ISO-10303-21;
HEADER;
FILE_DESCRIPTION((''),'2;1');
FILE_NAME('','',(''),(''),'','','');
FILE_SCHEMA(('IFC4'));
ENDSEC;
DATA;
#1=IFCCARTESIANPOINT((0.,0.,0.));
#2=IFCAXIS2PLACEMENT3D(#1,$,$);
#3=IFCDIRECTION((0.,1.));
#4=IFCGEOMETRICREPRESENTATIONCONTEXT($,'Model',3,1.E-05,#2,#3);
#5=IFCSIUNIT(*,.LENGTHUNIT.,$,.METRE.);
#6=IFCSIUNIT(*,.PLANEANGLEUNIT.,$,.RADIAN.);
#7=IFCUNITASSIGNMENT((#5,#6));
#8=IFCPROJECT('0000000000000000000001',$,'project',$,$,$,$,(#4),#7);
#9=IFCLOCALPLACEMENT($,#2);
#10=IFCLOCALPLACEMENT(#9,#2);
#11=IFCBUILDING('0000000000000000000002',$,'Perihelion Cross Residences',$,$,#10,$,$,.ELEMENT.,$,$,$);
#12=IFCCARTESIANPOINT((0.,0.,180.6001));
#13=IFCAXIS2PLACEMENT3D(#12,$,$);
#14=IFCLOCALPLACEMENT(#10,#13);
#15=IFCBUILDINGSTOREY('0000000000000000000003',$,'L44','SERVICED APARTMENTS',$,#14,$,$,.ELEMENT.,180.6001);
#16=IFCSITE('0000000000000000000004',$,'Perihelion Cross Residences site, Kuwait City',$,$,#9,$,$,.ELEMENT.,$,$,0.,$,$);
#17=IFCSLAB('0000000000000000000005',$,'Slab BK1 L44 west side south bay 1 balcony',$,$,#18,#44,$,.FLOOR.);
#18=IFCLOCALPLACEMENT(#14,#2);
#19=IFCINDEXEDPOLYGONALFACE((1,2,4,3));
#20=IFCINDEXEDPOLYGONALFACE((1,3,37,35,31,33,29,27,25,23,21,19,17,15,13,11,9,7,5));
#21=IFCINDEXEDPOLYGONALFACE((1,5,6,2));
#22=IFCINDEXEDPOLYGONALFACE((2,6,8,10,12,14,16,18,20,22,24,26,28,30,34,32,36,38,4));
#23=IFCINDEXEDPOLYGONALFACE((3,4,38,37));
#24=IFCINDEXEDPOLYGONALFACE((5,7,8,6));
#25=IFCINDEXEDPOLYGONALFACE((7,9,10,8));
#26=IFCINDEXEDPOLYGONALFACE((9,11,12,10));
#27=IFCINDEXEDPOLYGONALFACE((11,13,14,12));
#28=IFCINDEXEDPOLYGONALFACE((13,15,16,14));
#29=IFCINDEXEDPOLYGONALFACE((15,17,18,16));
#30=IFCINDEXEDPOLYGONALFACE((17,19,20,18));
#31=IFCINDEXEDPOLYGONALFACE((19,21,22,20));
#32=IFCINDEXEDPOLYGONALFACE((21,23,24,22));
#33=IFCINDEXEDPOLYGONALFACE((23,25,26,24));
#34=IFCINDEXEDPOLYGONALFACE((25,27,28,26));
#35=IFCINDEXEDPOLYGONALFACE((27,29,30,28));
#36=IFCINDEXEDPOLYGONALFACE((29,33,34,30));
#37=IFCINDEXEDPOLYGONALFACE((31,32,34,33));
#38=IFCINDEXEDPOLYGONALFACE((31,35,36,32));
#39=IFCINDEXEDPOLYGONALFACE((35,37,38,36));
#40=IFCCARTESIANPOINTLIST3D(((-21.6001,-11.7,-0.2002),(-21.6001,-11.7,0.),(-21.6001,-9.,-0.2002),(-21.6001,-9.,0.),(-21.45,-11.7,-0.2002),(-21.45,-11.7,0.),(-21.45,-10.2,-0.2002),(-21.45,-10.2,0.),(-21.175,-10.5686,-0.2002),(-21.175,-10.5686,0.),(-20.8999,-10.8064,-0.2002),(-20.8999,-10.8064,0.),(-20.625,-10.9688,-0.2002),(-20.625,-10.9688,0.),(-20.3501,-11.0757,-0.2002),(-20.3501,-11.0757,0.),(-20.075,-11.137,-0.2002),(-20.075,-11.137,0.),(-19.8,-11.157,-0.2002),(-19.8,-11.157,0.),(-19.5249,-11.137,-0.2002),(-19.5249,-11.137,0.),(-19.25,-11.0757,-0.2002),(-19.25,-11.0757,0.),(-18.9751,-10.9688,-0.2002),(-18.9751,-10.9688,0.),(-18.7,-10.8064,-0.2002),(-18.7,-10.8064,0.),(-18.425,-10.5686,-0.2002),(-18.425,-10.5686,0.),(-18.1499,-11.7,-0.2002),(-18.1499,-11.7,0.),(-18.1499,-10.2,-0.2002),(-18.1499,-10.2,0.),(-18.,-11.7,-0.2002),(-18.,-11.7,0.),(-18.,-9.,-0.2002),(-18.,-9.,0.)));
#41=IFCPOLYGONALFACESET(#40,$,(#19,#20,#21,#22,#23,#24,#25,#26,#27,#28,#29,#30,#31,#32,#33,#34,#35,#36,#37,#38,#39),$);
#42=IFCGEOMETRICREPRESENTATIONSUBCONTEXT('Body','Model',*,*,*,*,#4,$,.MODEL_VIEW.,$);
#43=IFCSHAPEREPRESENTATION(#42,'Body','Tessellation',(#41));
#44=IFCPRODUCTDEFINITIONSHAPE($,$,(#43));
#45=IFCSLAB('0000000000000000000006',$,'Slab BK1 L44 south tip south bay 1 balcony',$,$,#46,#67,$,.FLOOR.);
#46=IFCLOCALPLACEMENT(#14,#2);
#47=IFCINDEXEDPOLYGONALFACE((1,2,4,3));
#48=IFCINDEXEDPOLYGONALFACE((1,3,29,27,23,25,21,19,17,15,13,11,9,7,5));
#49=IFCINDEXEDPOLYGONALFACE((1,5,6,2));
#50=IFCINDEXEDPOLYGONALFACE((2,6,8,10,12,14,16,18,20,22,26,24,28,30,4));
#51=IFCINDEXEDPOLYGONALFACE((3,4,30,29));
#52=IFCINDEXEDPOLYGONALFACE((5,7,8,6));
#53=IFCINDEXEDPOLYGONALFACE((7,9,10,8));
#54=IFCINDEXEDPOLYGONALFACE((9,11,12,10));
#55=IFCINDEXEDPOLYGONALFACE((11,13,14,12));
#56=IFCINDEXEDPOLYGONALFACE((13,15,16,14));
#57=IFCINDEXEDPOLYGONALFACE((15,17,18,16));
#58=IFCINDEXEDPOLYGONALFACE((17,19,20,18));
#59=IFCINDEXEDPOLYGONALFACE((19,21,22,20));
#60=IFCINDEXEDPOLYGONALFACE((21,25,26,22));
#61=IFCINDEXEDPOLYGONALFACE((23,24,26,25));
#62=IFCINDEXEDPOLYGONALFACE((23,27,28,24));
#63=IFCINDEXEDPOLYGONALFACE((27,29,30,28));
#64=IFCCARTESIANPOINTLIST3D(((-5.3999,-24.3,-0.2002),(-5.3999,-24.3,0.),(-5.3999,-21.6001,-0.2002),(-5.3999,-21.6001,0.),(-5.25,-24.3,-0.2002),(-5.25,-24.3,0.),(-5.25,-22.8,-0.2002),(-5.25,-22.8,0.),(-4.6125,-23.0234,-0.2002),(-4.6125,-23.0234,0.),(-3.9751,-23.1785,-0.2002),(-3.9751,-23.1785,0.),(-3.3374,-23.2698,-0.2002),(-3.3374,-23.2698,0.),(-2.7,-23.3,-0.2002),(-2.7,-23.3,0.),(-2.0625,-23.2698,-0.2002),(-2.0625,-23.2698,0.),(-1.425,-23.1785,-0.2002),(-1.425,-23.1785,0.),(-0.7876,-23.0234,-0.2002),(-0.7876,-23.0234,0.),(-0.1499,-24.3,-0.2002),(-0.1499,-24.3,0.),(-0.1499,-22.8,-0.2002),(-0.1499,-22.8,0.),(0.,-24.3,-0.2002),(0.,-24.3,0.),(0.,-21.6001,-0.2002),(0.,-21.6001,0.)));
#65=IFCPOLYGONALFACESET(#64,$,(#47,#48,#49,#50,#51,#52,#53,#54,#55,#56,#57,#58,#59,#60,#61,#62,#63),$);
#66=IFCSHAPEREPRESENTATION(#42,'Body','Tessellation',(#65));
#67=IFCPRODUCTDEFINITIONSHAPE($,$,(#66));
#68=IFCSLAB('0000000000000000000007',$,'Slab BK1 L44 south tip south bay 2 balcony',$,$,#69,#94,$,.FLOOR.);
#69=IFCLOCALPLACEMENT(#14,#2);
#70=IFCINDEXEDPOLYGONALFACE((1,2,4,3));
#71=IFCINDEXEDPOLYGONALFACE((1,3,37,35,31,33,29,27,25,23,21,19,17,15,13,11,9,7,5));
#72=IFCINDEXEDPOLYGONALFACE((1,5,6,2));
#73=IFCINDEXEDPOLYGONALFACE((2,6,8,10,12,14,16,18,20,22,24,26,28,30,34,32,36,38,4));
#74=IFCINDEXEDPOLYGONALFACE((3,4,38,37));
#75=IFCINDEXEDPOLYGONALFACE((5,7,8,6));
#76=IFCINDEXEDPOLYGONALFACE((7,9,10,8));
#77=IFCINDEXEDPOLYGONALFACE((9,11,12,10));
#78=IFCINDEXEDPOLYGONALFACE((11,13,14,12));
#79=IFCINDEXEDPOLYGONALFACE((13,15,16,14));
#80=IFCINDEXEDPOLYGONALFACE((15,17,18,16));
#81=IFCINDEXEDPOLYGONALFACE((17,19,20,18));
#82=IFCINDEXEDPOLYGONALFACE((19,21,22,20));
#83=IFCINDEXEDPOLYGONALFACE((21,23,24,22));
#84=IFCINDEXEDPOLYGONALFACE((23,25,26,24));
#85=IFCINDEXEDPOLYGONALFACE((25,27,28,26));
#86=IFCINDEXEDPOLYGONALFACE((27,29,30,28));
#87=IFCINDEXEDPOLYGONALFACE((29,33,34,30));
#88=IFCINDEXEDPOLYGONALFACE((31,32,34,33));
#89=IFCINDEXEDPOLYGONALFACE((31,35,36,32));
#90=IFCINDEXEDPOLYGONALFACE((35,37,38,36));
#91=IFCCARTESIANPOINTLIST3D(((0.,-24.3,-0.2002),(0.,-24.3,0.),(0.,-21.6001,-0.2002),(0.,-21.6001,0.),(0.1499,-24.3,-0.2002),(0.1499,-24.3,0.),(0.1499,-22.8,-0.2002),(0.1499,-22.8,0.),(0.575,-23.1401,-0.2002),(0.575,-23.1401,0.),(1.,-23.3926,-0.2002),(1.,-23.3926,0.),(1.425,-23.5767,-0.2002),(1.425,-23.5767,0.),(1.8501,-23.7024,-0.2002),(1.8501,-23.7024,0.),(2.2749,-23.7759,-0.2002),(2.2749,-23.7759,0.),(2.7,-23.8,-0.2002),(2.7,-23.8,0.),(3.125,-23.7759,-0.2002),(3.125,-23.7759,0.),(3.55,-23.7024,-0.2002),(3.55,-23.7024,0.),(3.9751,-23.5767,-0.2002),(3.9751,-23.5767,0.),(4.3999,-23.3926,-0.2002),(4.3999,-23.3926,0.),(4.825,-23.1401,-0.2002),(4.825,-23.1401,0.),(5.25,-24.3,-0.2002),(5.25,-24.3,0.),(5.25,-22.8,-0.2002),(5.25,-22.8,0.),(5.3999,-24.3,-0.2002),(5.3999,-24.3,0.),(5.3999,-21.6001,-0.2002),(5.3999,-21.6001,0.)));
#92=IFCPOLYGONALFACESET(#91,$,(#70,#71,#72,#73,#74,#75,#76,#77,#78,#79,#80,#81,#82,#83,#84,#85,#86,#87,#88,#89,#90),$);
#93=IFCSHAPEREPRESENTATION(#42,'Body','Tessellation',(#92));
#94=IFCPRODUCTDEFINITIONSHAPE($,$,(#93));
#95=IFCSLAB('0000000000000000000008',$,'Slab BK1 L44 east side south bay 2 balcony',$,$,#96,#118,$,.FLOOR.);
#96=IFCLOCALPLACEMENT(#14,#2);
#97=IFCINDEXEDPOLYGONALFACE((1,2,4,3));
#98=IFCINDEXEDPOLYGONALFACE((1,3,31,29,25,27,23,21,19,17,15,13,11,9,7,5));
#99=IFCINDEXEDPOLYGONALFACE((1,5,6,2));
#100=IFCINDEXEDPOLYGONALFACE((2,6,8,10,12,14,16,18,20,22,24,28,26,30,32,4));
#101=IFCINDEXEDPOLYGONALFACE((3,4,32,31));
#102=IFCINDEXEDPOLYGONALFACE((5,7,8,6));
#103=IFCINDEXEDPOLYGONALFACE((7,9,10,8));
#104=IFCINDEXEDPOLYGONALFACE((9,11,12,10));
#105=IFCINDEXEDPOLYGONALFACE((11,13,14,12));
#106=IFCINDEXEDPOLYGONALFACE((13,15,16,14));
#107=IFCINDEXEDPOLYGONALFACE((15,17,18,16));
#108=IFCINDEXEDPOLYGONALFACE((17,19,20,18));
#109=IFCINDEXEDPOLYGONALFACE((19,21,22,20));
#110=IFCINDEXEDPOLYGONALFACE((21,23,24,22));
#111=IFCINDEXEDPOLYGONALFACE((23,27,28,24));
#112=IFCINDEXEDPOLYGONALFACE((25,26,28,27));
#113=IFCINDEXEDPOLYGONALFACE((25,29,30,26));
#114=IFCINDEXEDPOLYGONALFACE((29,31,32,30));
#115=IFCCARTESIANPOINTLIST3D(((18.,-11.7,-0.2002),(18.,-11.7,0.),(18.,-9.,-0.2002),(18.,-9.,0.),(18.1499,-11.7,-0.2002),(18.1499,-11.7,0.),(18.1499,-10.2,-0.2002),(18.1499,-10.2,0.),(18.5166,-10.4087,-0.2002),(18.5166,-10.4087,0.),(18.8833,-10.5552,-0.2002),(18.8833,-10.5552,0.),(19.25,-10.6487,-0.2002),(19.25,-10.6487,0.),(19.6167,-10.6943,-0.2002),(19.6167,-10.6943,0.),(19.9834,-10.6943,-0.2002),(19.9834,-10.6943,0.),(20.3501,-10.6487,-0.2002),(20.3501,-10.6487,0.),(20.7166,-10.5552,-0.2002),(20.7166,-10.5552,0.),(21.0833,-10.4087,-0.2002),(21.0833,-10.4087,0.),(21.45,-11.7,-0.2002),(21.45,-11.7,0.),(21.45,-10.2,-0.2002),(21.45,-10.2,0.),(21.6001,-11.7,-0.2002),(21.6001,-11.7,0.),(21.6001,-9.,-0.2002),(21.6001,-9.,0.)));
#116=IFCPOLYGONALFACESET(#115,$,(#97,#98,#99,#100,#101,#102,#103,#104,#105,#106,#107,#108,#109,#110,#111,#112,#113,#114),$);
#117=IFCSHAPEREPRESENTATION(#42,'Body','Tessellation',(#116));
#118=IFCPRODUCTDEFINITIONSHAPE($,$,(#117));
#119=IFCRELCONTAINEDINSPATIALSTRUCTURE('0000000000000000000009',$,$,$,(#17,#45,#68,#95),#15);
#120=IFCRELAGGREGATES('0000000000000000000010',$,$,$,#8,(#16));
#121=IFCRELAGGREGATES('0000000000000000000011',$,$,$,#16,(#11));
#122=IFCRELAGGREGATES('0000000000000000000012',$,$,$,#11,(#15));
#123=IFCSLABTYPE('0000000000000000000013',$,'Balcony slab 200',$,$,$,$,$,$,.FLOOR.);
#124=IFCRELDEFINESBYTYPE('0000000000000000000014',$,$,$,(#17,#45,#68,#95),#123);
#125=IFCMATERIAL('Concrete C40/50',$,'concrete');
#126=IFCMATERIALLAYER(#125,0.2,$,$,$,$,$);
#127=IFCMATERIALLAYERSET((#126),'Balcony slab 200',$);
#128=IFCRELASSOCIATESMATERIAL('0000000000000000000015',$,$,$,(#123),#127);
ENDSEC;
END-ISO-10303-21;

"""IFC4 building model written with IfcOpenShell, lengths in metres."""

from ifc_helpers import new_model, si_unit, direction, frame, origin, place, context, subcontext, project, spatial, polyline, outline, extrude, material, layer, layer_set, type_object, element, save


model = new_model("IFC4")

# Units and contexts
model_context = context("Model", 3, precision=1e-05, world=origin(), true_north=direction((0.0, 1.0)))
body_context = subcontext(model_context, "Body", "Model", "MODEL_VIEW")
ifc_project = project(units=[si_unit("LENGTHUNIT", "METRE"), si_unit("PLANEANGLEUNIT", "RADIAN")], contexts=[model_context])

# Site, building, storey
site_placement = place(None, origin())
site = spatial("IfcSite", under=ifc_project, at=site_placement, Name="Perihelion Cross Residences site, Kuwait City", CompositionType="ELEMENT", RefElevation=0.0)
building_placement = place(site_placement, origin())
building = spatial("IfcBuilding", under=site, at=building_placement, Name="Perihelion Cross Residences", CompositionType="ELEMENT")
storey_placement = place(building_placement, frame((0.0, 0.0, 180.6001)))
storey = spatial("IfcBuildingStorey", under=building, at=storey_placement, Name="L44", Description="SERVICED APARTMENTS", CompositionType="ELEMENT", Elevation=180.6001)

# Slabs
ifc_material_1 = material(Name="Concrete C40/50", Category="concrete")
ifc_layer_1 = layer(ifc_material_1, 0.2)
ifc_layer_set_1 = layer_set([ifc_layer_1], Name="Balcony slab 200")
slab_type_1 = type_object("IfcSlabType", Name="Balcony slab 200", PredefinedType="FLOOR", material=ifc_layer_set_1)
slab_1_placement = place(storey_placement, frame((0.0, 0.0, -0.2002)))
element("IfcSlab", 1, at=slab_1_placement, inside=storey, type_object=slab_type_1, Name="Slab BK1 L44 west side south bay 1 balcony", PredefinedType="FLOOR", context=body_context, shape_type="SweptSolid", body=[
    extrude(outline(polyline([(-21.6001, -9.0), (-18.0, -9.0), (-18.0, -11.7), (-18.1499, -11.7), (-18.1499, -10.2), (-18.425, -10.5686), (-18.7, -10.8064), (-18.9751, -10.9688), (-19.25, -11.0757), (-19.5249, -11.137), (-19.8, -11.157), (-20.075, -11.137), (-20.3501, -11.0757), (-20.625, -10.9688), (-20.8999, -10.8064), (-21.175, -10.5686), (-21.45, -10.2), (-21.45, -11.7), (-21.6001, -11.7), (-21.6001, -9.0)])), origin(), (0.0, 0.0, 1.0), 0.2002),
])
slab_2_placement = place(storey_placement, frame((0.0, 0.0, -0.2002)))
element("IfcSlab", 2, at=slab_2_placement, inside=storey, type_object=slab_type_1, Name="Slab BK1 L44 south tip south bay 1 balcony", PredefinedType="FLOOR", context=body_context, shape_type="SweptSolid", body=[
    extrude(outline(polyline([(-5.3999, -21.6001), (0.0, -21.6001), (0.0, -24.3), (-0.1499, -24.3), (-0.1499, -22.8), (-0.7876, -23.0234), (-1.425, -23.1785), (-2.0625, -23.2698), (-2.7, -23.3), (-3.3374, -23.2698), (-3.9751, -23.1785), (-4.6125, -23.0234), (-5.25, -22.8), (-5.25, -24.3), (-5.3999, -24.3), (-5.3999, -21.6001)])), origin(), (0.0, 0.0, 1.0), 0.2002),
])
slab_3_placement = place(storey_placement, frame((0.0, 0.0, -0.2002)))
element("IfcSlab", 3, at=slab_3_placement, inside=storey, type_object=slab_type_1, Name="Slab BK1 L44 south tip south bay 2 balcony", PredefinedType="FLOOR", context=body_context, shape_type="SweptSolid", body=[
    extrude(outline(polyline([(0.0, -21.6001), (5.3999, -21.6001), (5.3999, -24.3), (5.25, -24.3), (5.25, -22.8), (4.825, -23.1401), (4.3999, -23.3926), (3.9751, -23.5767), (3.55, -23.7024), (3.125, -23.7759), (2.7, -23.8), (2.2749, -23.7759), (1.8501, -23.7024), (1.425, -23.5767), (1.0, -23.3926), (0.575, -23.1401), (0.1499, -22.8), (0.1499, -24.3), (0.0, -24.3), (0.0, -21.6001)])), origin(), (0.0, 0.0, 1.0), 0.2002),
])
slab_4_placement = place(storey_placement, frame((0.0, 0.0, -0.2002)))
element("IfcSlab", 4, at=slab_4_placement, inside=storey, type_object=slab_type_1, Name="Slab BK1 L44 east side south bay 2 balcony", PredefinedType="FLOOR", context=body_context, shape_type="SweptSolid", body=[
    extrude(outline(polyline([(18.0, -9.0), (21.6001, -9.0), (21.6001, -11.7), (21.45, -11.7), (21.45, -10.2), (21.0833, -10.4087), (20.7166, -10.5552), (20.3501, -10.6487), (19.9834, -10.6943), (19.6167, -10.6943), (19.25, -10.6487), (18.8833, -10.5552), (18.5166, -10.4087), (18.1499, -10.2), (18.1499, -11.7), (18.0, -11.7), (18.0, -9.0)])), origin(), (0.0, 0.0, 1.0), 0.2002),
])

save(model, "model.ifc")
